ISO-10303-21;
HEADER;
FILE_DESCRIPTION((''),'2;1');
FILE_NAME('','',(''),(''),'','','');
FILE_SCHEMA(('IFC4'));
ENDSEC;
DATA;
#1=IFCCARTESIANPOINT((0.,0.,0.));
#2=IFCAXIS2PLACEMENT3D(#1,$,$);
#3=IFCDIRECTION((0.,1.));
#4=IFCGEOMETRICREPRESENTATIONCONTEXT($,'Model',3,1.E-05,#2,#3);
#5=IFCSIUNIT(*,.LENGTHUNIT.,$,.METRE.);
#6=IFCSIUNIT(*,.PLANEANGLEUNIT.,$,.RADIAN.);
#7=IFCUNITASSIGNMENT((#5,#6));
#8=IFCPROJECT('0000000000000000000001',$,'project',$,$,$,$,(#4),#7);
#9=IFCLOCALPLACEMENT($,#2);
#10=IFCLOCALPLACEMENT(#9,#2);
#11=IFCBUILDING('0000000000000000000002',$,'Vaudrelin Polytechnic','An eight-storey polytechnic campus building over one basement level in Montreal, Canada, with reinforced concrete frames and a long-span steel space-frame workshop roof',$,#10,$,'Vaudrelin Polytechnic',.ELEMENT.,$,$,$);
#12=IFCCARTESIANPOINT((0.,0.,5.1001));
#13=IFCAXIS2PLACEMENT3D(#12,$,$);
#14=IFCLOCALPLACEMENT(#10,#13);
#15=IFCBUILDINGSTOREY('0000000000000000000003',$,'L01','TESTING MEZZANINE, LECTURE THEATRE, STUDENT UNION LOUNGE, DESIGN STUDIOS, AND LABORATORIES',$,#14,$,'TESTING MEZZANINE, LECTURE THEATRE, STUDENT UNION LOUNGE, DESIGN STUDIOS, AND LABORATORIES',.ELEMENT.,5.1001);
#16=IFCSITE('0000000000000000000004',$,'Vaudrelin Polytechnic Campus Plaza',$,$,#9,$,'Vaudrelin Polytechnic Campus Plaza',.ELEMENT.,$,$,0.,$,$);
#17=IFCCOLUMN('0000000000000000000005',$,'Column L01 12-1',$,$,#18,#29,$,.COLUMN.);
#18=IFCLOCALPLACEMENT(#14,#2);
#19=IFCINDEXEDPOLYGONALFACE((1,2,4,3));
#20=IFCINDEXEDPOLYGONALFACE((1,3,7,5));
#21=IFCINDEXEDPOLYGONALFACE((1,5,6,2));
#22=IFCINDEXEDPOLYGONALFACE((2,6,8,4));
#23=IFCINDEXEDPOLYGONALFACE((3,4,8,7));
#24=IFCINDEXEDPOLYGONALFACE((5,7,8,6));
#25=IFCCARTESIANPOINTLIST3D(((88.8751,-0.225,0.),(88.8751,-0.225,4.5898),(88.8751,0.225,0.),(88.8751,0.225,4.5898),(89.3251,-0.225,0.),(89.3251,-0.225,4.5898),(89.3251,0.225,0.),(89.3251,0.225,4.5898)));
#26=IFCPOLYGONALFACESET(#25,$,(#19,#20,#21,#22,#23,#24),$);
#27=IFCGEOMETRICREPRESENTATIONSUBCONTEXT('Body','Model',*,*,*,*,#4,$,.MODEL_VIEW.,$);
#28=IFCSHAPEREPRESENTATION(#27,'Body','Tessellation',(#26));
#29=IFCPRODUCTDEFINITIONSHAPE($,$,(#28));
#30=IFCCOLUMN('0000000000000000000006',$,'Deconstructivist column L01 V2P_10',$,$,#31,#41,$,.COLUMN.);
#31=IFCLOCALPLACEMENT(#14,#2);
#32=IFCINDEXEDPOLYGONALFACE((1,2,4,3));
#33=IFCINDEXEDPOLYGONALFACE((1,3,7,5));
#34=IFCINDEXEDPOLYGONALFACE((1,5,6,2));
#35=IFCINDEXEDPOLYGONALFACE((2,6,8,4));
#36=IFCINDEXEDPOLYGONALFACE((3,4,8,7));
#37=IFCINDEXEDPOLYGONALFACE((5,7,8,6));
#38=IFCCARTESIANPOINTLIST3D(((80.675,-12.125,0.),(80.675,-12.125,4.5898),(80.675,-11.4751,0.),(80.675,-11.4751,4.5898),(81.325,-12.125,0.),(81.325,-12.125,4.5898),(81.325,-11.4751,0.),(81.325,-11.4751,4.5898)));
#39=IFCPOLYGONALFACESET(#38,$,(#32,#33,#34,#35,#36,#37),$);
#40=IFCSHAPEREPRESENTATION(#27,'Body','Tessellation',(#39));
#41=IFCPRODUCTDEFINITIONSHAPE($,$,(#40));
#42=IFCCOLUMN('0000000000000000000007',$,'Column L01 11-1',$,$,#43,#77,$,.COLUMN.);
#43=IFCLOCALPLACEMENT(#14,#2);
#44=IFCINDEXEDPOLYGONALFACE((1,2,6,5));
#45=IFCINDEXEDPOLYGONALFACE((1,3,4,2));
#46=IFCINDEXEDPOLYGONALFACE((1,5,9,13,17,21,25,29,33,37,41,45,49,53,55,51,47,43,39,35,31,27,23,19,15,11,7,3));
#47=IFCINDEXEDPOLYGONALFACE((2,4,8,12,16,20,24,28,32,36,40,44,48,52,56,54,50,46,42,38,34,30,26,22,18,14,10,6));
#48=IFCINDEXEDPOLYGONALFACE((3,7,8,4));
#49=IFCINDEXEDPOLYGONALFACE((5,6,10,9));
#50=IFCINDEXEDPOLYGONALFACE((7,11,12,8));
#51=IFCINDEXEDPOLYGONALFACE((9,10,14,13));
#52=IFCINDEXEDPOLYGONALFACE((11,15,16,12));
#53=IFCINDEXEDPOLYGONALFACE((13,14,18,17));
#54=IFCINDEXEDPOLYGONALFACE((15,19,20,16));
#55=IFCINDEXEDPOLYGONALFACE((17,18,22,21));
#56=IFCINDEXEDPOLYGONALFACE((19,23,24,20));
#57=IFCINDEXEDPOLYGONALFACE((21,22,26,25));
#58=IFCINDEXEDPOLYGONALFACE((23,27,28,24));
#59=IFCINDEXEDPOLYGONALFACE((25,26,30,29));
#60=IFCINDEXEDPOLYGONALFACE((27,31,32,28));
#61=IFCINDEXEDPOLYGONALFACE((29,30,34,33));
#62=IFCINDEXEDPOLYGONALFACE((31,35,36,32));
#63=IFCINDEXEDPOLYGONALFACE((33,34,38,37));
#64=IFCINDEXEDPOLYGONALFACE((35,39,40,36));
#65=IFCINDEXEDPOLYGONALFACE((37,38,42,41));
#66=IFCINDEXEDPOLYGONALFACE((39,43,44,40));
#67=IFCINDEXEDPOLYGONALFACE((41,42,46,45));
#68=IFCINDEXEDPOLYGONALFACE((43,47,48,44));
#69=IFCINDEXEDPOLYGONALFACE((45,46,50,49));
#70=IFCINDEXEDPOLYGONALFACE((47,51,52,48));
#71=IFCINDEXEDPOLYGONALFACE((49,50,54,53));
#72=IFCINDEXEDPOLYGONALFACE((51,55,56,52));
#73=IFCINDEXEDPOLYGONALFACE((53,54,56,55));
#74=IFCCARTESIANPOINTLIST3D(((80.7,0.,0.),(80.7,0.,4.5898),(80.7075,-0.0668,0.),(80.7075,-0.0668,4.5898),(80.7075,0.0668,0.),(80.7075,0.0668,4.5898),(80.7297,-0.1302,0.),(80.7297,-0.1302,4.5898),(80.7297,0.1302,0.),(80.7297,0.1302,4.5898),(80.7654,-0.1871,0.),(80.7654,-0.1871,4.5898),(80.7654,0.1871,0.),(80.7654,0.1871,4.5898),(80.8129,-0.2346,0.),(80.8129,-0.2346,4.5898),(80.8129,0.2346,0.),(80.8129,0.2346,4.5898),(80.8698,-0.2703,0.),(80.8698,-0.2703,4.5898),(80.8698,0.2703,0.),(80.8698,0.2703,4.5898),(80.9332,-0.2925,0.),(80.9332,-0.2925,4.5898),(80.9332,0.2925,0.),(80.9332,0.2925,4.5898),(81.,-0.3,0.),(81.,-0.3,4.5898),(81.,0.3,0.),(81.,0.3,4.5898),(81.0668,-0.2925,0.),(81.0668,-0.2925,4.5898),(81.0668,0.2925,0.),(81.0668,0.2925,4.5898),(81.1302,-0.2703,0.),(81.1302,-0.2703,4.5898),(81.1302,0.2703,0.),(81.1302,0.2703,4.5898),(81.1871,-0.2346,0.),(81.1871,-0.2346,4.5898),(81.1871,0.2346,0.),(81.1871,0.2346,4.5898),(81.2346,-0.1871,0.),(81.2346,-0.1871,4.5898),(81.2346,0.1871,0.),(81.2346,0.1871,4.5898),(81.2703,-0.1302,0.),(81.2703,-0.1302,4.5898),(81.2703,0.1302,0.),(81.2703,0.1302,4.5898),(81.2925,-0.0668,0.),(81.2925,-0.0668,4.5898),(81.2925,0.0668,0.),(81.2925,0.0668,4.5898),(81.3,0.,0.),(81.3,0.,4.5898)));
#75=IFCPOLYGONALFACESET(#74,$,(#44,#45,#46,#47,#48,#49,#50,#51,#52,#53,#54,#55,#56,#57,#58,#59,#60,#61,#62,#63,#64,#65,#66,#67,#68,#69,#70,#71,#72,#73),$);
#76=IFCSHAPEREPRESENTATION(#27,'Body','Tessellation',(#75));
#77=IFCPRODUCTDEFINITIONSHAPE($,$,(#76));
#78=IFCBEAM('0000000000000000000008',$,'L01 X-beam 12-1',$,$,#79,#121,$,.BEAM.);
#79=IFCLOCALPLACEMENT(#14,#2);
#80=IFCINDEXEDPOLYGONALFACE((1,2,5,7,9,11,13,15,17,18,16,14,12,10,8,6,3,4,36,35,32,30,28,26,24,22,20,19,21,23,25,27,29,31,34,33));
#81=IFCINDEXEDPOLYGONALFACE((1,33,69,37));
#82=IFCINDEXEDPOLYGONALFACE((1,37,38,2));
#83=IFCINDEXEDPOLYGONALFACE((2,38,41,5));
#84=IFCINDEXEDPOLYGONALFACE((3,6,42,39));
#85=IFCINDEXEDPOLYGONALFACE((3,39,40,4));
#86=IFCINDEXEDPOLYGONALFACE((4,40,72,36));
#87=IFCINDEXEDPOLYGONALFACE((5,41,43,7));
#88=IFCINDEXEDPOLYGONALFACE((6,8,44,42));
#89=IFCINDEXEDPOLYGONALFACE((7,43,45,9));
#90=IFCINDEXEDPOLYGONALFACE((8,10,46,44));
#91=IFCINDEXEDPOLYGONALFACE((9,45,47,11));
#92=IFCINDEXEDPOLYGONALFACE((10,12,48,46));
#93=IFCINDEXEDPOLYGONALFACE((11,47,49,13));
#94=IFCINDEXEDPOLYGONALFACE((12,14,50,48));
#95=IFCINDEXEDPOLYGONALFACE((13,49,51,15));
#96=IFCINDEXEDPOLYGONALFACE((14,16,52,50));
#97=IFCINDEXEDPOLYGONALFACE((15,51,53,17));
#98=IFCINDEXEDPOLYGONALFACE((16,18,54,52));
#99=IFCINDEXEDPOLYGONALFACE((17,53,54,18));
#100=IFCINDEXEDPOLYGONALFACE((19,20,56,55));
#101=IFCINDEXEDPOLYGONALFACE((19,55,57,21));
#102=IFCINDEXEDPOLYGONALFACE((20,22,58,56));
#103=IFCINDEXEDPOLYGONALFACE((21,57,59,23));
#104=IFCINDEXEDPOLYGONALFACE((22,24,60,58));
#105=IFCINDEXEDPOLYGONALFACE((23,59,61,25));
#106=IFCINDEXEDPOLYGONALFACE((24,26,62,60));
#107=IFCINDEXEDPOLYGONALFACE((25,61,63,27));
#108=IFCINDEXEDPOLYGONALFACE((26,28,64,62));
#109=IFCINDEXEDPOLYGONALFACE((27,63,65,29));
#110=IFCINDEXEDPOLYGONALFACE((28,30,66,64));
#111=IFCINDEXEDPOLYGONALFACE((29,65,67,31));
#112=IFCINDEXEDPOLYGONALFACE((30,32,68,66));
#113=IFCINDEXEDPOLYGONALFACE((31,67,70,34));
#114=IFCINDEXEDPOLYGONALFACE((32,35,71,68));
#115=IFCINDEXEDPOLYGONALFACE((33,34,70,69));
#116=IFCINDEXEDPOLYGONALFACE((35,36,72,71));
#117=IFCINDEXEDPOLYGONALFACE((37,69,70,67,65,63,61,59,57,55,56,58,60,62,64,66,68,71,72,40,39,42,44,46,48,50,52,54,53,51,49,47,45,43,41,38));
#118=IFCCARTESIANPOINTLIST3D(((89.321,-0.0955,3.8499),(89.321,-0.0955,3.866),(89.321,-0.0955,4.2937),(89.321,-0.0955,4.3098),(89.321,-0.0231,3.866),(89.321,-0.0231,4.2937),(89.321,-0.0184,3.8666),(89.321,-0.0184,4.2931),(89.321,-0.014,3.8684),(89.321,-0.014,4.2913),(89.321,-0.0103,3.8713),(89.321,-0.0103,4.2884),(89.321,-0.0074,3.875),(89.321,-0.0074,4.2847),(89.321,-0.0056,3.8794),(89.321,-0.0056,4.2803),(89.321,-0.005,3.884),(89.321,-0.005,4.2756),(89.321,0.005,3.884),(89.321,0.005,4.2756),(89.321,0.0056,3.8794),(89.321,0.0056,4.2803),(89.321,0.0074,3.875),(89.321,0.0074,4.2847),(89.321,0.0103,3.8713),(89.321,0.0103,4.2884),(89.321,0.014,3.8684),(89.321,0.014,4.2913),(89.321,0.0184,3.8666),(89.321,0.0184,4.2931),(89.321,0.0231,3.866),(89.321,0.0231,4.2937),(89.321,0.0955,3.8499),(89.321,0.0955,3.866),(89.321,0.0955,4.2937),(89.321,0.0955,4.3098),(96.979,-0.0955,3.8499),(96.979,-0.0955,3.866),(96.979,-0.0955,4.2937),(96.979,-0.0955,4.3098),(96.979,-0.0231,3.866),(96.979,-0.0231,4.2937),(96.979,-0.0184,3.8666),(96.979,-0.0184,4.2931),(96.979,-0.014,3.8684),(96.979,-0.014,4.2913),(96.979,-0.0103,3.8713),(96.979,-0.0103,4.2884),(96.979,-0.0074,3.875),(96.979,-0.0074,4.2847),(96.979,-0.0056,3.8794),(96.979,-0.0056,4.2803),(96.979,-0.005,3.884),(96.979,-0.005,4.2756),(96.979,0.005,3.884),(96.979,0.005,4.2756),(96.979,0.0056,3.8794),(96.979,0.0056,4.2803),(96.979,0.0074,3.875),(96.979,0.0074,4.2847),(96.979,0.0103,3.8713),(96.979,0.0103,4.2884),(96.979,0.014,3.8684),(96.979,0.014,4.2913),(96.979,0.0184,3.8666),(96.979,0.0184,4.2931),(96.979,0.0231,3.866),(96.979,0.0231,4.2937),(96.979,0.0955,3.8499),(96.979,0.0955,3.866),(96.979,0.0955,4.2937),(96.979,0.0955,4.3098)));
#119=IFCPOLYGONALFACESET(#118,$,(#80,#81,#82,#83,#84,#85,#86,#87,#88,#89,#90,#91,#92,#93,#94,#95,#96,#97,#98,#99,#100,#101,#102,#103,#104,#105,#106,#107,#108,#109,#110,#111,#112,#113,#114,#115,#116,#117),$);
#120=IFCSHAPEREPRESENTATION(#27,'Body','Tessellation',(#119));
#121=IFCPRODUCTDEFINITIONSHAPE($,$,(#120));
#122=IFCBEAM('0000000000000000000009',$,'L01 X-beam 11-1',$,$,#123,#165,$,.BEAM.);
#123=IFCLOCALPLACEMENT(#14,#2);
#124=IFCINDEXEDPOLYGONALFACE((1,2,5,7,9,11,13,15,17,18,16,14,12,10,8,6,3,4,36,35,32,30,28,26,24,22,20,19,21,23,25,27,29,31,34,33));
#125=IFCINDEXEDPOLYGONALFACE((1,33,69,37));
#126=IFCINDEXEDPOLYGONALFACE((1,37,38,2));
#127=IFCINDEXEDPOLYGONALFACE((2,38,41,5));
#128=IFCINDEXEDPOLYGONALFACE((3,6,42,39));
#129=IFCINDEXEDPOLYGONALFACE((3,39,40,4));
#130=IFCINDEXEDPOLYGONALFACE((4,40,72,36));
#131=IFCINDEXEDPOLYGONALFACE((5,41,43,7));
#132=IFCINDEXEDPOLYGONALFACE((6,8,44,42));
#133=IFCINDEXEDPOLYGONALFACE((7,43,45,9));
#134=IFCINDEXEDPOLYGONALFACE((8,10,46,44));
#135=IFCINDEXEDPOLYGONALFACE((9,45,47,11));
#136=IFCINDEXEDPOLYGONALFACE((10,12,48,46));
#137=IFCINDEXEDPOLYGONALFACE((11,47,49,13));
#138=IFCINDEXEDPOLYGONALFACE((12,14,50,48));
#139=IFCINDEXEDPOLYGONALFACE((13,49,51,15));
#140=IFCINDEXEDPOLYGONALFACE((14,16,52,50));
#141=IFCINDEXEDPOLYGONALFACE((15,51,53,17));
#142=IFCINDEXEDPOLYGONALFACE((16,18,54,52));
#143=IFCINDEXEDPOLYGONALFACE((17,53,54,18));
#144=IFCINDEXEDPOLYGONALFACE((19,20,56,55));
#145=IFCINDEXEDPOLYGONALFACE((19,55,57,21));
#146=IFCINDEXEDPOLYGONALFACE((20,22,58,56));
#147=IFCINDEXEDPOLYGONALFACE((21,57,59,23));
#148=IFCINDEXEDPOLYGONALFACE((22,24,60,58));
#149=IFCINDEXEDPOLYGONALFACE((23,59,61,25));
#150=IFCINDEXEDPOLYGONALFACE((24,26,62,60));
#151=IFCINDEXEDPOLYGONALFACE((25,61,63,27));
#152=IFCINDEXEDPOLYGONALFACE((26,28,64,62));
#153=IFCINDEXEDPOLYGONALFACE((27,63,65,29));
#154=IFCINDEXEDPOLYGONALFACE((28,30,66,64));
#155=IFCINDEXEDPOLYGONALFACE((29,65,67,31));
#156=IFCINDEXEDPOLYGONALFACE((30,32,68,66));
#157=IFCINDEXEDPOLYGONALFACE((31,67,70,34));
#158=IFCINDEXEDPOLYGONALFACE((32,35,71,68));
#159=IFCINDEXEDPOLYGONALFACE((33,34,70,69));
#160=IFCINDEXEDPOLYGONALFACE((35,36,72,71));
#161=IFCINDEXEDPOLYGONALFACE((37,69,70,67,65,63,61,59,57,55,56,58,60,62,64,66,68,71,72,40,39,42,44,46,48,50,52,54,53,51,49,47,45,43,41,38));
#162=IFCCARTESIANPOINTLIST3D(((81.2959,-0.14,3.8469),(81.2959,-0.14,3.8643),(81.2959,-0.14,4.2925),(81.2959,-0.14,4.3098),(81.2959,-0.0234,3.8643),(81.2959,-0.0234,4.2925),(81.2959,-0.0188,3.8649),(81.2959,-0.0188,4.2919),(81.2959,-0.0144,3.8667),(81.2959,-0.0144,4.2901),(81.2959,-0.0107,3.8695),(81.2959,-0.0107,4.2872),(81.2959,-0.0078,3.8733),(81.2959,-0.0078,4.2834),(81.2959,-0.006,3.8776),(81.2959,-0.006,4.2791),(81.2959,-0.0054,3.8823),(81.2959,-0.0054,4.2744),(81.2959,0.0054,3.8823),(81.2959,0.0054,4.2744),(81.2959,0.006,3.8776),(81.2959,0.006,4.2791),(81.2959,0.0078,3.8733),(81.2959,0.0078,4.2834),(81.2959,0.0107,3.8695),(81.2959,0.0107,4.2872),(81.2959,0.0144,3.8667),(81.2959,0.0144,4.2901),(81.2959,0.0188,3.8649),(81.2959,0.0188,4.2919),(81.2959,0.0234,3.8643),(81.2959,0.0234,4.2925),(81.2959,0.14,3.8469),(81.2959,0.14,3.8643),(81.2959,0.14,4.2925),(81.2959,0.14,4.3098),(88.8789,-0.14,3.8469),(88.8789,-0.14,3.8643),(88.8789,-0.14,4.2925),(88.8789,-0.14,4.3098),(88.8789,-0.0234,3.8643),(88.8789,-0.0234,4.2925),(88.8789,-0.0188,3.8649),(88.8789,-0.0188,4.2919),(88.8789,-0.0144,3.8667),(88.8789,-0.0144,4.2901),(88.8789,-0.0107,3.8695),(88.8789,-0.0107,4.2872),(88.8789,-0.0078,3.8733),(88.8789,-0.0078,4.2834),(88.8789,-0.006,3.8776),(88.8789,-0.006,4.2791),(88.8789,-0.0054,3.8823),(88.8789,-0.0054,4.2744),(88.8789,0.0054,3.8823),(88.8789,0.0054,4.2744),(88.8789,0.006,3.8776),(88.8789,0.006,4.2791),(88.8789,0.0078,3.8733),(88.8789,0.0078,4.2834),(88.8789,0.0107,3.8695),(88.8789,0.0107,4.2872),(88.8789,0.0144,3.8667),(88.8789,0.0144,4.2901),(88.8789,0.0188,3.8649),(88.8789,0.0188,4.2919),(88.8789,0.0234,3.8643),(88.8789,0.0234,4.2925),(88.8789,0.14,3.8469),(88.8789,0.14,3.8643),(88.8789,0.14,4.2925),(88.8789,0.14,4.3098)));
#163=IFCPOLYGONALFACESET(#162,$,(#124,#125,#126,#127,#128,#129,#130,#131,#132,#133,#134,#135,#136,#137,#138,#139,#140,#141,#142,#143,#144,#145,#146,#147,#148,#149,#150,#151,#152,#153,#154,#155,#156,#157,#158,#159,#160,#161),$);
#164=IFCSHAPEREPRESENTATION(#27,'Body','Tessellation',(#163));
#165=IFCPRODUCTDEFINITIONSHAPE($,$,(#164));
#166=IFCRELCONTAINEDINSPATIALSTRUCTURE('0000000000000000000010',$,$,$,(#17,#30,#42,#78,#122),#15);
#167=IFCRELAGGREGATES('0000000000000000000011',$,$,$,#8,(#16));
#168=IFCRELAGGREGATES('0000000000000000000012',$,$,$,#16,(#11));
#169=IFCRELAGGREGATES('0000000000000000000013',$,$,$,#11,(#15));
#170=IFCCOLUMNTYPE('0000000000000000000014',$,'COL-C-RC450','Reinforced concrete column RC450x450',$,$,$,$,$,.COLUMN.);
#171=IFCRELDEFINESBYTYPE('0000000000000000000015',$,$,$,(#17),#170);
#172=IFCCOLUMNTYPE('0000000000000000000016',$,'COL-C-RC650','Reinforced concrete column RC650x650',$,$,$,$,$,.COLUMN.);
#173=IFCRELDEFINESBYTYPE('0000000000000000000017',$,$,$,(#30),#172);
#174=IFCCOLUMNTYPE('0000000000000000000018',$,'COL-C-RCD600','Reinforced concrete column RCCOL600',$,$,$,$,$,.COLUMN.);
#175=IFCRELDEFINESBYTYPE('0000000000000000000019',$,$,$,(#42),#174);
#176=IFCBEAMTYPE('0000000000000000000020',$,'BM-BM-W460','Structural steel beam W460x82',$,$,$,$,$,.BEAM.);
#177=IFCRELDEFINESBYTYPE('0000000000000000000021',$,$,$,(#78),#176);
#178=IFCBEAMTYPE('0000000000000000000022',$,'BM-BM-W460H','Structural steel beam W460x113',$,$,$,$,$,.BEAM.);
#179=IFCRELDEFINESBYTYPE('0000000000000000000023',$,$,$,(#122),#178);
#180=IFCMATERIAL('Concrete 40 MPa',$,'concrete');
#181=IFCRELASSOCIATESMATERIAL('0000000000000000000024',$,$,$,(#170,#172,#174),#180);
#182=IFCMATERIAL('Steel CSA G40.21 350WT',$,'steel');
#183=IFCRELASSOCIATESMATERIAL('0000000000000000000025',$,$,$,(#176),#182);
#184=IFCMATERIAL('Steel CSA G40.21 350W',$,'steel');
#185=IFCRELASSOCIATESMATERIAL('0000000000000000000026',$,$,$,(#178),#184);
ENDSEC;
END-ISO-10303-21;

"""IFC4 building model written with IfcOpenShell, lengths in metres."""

from ifc_helpers import new_model, si_unit, direction, frame, origin, origin_2d, place, context, subcontext, project, spatial, rectangle, circle, i_section, extrude, material, material_profile, profile_set, type_object, element, save


model = new_model("IFC4")

# Units and contexts
model_context = context("Model", 3, precision=1e-05, world=origin(), true_north=direction((0.0, 1.0)))
body_context = subcontext(model_context, "Body", "Model", "MODEL_VIEW")
ifc_project = project(units=[si_unit("LENGTHUNIT", "METRE"), si_unit("PLANEANGLEUNIT", "RADIAN")], contexts=[model_context])

# Site, building, storey
site_placement = place(None, origin())
site = spatial("IfcSite", under=ifc_project, at=site_placement, Name="Vaudrelin Polytechnic Campus Plaza", LongName="Vaudrelin Polytechnic Campus Plaza", CompositionType="ELEMENT", RefElevation=0.0)
building_placement = place(site_placement, origin())
building = spatial("IfcBuilding", under=site, at=building_placement, Name="Vaudrelin Polytechnic", Description="An eight-storey polytechnic campus building over one basement level in Montreal, Canada, with reinforced concrete frames and a long-span steel space-frame workshop roof", LongName="Vaudrelin Polytechnic", CompositionType="ELEMENT")
storey_placement = place(building_placement, frame((0.0, 0.0, 5.1001)))
storey = spatial("IfcBuildingStorey", under=building, at=storey_placement, Name="L01", Description="TESTING MEZZANINE, LECTURE THEATRE, STUDENT UNION LOUNGE, DESIGN STUDIOS, AND LABORATORIES", LongName="TESTING MEZZANINE, LECTURE THEATRE, STUDENT UNION LOUNGE, DESIGN STUDIOS, AND LABORATORIES", CompositionType="ELEMENT", Elevation=5.1001)

# Columns
ifc_material_1 = material(Name="Concrete 40 MPa", Category="concrete")
ifc_material_profile_1 = material_profile(ifc_material_1, rectangle(XDim=0.45, YDim=0.45, at=origin_2d()), Name="RC450x450")
ifc_profile_set_1 = profile_set([ifc_material_profile_1], Name="Concrete 40 MPa")
column_type_1 = type_object("IfcColumnType", Name="COL-C-RC450", Description="Reinforced concrete column RC450x450", PredefinedType="COLUMN", material=ifc_profile_set_1)
column_1_placement = place(storey_placement, frame((89.1001, 0.0, 0.0), z_axis=(0.0, 0.0, 1.0), x_axis=(1.0, 0.0, 0.0)))
element("IfcColumn", 1, at=column_1_placement, inside=storey, type_object=column_type_1, Name="Column L01 12-1", PredefinedType="COLUMN", context=body_context, shape_type="SweptSolid", body=[
    extrude(rectangle(XDim=0.45, YDim=0.45, at=origin_2d()), origin(), (0.0, 0.0, 1.0), 4.5898),
])
ifc_material_profile_2 = material_profile(ifc_material_1, rectangle(XDim=0.6499, YDim=0.6499, at=origin_2d()), Name="RC650x650")
ifc_profile_set_2 = profile_set([ifc_material_profile_2], Name="Concrete 40 MPa")
column_type_2 = type_object("IfcColumnType", Name="COL-C-RC650", Description="Reinforced concrete column RC650x650", PredefinedType="COLUMN", material=ifc_profile_set_2)
column_2_placement = place(storey_placement, frame((81.0, -11.8, 0.0), z_axis=(0.0, 0.0, 1.0), x_axis=(1.0, 0.0, 0.0)))
element("IfcColumn", 2, at=column_2_placement, inside=storey, type_object=column_type_2, Name="Deconstructivist column L01 V2P_10", PredefinedType="COLUMN", context=body_context, shape_type="SweptSolid", body=[
    extrude(rectangle(XDim=0.6499, YDim=0.6499, at=origin_2d()), origin(), (0.0, 0.0, 1.0), 4.5898),
])
ifc_material_profile_3 = material_profile(ifc_material_1, circle(Radius=0.3, at=origin_2d()), Name="RCCOL600")
ifc_profile_set_3 = profile_set([ifc_material_profile_3], Name="Concrete 40 MPa")
column_type_3 = type_object("IfcColumnType", Name="COL-C-RCD600", Description="Reinforced concrete column RCCOL600", PredefinedType="COLUMN", material=ifc_profile_set_3)
column_3_placement = place(storey_placement, frame((81.0, 0.0, 0.0), z_axis=(0.0, 0.0, 1.0), x_axis=(1.0, 0.0, 0.0)))
element("IfcColumn", 3, at=column_3_placement, inside=storey, type_object=column_type_3, Name="Column L01 11-1", PredefinedType="COLUMN", context=body_context, shape_type="SweptSolid", body=[
    extrude(circle(Radius=0.3, at=origin_2d()), origin(), (0.0, 0.0, 1.0), 4.5898),
])

# Beams
ifc_material_2 = material(Name="Steel CSA G40.21 350WT", Category="steel")
ifc_material_profile_4 = material_profile(ifc_material_2, i_section(OverallWidth=0.1909, OverallDepth=0.46, WebThickness=0.01, FlangeThickness=0.0161, FilletRadius=0.0181, at=origin_2d()), Name="W460x82")
ifc_profile_set_4 = profile_set([ifc_material_profile_4], Name="Steel CSA G40.21 350WT")
beam_type_1 = type_object("IfcBeamType", Name="BM-BM-W460", Description="Structural steel beam W460x82", PredefinedType="BEAM", material=ifc_profile_set_4)
beam_1_placement = place(storey_placement, frame((89.321, 0.0, 4.0798), z_axis=(1.0, 0.0, 0.0), x_axis=(0.0, 1.0, 0.0)))
element("IfcBeam", 4, at=beam_1_placement, inside=storey, type_object=beam_type_1, Name="L01 X-beam 12-1", PredefinedType="BEAM", context=body_context, shape_type="SweptSolid", body=[
    extrude(i_section(OverallWidth=0.1909, OverallDepth=0.46, WebThickness=0.01, FlangeThickness=0.0161, FilletRadius=0.0181, at=origin_2d()), origin(), (0.0, 0.0, 1.0), 7.658),
])
ifc_material_3 = material(Name="Steel CSA G40.21 350W", Category="steel")
ifc_material_profile_5 = material_profile(ifc_material_3, i_section(OverallWidth=0.28, OverallDepth=0.4629, WebThickness=0.0107, FlangeThickness=0.0173, FilletRadius=0.0181, at=origin_2d()), Name="W460x113")
ifc_profile_set_5 = profile_set([ifc_material_profile_5], Name="Steel CSA G40.21 350W")
beam_type_2 = type_object("IfcBeamType", Name="BM-BM-W460H", Description="Structural steel beam W460x113", PredefinedType="BEAM", material=ifc_profile_set_5)
beam_2_placement = place(storey_placement, frame((81.2959, 0.0, 4.0784), z_axis=(1.0, 0.0, 0.0), x_axis=(0.0, 1.0, 0.0)))
element("IfcBeam", 5, at=beam_2_placement, inside=storey, type_object=beam_type_2, Name="L01 X-beam 11-1", PredefinedType="BEAM", context=body_context, shape_type="SweptSolid", body=[
    extrude(i_section(OverallWidth=0.28, OverallDepth=0.4629, WebThickness=0.0107, FlangeThickness=0.0173, FilletRadius=0.0181, at=origin_2d()), origin(), (0.0, 0.0, 1.0), 7.583),
])

save(model, "model.ifc")
